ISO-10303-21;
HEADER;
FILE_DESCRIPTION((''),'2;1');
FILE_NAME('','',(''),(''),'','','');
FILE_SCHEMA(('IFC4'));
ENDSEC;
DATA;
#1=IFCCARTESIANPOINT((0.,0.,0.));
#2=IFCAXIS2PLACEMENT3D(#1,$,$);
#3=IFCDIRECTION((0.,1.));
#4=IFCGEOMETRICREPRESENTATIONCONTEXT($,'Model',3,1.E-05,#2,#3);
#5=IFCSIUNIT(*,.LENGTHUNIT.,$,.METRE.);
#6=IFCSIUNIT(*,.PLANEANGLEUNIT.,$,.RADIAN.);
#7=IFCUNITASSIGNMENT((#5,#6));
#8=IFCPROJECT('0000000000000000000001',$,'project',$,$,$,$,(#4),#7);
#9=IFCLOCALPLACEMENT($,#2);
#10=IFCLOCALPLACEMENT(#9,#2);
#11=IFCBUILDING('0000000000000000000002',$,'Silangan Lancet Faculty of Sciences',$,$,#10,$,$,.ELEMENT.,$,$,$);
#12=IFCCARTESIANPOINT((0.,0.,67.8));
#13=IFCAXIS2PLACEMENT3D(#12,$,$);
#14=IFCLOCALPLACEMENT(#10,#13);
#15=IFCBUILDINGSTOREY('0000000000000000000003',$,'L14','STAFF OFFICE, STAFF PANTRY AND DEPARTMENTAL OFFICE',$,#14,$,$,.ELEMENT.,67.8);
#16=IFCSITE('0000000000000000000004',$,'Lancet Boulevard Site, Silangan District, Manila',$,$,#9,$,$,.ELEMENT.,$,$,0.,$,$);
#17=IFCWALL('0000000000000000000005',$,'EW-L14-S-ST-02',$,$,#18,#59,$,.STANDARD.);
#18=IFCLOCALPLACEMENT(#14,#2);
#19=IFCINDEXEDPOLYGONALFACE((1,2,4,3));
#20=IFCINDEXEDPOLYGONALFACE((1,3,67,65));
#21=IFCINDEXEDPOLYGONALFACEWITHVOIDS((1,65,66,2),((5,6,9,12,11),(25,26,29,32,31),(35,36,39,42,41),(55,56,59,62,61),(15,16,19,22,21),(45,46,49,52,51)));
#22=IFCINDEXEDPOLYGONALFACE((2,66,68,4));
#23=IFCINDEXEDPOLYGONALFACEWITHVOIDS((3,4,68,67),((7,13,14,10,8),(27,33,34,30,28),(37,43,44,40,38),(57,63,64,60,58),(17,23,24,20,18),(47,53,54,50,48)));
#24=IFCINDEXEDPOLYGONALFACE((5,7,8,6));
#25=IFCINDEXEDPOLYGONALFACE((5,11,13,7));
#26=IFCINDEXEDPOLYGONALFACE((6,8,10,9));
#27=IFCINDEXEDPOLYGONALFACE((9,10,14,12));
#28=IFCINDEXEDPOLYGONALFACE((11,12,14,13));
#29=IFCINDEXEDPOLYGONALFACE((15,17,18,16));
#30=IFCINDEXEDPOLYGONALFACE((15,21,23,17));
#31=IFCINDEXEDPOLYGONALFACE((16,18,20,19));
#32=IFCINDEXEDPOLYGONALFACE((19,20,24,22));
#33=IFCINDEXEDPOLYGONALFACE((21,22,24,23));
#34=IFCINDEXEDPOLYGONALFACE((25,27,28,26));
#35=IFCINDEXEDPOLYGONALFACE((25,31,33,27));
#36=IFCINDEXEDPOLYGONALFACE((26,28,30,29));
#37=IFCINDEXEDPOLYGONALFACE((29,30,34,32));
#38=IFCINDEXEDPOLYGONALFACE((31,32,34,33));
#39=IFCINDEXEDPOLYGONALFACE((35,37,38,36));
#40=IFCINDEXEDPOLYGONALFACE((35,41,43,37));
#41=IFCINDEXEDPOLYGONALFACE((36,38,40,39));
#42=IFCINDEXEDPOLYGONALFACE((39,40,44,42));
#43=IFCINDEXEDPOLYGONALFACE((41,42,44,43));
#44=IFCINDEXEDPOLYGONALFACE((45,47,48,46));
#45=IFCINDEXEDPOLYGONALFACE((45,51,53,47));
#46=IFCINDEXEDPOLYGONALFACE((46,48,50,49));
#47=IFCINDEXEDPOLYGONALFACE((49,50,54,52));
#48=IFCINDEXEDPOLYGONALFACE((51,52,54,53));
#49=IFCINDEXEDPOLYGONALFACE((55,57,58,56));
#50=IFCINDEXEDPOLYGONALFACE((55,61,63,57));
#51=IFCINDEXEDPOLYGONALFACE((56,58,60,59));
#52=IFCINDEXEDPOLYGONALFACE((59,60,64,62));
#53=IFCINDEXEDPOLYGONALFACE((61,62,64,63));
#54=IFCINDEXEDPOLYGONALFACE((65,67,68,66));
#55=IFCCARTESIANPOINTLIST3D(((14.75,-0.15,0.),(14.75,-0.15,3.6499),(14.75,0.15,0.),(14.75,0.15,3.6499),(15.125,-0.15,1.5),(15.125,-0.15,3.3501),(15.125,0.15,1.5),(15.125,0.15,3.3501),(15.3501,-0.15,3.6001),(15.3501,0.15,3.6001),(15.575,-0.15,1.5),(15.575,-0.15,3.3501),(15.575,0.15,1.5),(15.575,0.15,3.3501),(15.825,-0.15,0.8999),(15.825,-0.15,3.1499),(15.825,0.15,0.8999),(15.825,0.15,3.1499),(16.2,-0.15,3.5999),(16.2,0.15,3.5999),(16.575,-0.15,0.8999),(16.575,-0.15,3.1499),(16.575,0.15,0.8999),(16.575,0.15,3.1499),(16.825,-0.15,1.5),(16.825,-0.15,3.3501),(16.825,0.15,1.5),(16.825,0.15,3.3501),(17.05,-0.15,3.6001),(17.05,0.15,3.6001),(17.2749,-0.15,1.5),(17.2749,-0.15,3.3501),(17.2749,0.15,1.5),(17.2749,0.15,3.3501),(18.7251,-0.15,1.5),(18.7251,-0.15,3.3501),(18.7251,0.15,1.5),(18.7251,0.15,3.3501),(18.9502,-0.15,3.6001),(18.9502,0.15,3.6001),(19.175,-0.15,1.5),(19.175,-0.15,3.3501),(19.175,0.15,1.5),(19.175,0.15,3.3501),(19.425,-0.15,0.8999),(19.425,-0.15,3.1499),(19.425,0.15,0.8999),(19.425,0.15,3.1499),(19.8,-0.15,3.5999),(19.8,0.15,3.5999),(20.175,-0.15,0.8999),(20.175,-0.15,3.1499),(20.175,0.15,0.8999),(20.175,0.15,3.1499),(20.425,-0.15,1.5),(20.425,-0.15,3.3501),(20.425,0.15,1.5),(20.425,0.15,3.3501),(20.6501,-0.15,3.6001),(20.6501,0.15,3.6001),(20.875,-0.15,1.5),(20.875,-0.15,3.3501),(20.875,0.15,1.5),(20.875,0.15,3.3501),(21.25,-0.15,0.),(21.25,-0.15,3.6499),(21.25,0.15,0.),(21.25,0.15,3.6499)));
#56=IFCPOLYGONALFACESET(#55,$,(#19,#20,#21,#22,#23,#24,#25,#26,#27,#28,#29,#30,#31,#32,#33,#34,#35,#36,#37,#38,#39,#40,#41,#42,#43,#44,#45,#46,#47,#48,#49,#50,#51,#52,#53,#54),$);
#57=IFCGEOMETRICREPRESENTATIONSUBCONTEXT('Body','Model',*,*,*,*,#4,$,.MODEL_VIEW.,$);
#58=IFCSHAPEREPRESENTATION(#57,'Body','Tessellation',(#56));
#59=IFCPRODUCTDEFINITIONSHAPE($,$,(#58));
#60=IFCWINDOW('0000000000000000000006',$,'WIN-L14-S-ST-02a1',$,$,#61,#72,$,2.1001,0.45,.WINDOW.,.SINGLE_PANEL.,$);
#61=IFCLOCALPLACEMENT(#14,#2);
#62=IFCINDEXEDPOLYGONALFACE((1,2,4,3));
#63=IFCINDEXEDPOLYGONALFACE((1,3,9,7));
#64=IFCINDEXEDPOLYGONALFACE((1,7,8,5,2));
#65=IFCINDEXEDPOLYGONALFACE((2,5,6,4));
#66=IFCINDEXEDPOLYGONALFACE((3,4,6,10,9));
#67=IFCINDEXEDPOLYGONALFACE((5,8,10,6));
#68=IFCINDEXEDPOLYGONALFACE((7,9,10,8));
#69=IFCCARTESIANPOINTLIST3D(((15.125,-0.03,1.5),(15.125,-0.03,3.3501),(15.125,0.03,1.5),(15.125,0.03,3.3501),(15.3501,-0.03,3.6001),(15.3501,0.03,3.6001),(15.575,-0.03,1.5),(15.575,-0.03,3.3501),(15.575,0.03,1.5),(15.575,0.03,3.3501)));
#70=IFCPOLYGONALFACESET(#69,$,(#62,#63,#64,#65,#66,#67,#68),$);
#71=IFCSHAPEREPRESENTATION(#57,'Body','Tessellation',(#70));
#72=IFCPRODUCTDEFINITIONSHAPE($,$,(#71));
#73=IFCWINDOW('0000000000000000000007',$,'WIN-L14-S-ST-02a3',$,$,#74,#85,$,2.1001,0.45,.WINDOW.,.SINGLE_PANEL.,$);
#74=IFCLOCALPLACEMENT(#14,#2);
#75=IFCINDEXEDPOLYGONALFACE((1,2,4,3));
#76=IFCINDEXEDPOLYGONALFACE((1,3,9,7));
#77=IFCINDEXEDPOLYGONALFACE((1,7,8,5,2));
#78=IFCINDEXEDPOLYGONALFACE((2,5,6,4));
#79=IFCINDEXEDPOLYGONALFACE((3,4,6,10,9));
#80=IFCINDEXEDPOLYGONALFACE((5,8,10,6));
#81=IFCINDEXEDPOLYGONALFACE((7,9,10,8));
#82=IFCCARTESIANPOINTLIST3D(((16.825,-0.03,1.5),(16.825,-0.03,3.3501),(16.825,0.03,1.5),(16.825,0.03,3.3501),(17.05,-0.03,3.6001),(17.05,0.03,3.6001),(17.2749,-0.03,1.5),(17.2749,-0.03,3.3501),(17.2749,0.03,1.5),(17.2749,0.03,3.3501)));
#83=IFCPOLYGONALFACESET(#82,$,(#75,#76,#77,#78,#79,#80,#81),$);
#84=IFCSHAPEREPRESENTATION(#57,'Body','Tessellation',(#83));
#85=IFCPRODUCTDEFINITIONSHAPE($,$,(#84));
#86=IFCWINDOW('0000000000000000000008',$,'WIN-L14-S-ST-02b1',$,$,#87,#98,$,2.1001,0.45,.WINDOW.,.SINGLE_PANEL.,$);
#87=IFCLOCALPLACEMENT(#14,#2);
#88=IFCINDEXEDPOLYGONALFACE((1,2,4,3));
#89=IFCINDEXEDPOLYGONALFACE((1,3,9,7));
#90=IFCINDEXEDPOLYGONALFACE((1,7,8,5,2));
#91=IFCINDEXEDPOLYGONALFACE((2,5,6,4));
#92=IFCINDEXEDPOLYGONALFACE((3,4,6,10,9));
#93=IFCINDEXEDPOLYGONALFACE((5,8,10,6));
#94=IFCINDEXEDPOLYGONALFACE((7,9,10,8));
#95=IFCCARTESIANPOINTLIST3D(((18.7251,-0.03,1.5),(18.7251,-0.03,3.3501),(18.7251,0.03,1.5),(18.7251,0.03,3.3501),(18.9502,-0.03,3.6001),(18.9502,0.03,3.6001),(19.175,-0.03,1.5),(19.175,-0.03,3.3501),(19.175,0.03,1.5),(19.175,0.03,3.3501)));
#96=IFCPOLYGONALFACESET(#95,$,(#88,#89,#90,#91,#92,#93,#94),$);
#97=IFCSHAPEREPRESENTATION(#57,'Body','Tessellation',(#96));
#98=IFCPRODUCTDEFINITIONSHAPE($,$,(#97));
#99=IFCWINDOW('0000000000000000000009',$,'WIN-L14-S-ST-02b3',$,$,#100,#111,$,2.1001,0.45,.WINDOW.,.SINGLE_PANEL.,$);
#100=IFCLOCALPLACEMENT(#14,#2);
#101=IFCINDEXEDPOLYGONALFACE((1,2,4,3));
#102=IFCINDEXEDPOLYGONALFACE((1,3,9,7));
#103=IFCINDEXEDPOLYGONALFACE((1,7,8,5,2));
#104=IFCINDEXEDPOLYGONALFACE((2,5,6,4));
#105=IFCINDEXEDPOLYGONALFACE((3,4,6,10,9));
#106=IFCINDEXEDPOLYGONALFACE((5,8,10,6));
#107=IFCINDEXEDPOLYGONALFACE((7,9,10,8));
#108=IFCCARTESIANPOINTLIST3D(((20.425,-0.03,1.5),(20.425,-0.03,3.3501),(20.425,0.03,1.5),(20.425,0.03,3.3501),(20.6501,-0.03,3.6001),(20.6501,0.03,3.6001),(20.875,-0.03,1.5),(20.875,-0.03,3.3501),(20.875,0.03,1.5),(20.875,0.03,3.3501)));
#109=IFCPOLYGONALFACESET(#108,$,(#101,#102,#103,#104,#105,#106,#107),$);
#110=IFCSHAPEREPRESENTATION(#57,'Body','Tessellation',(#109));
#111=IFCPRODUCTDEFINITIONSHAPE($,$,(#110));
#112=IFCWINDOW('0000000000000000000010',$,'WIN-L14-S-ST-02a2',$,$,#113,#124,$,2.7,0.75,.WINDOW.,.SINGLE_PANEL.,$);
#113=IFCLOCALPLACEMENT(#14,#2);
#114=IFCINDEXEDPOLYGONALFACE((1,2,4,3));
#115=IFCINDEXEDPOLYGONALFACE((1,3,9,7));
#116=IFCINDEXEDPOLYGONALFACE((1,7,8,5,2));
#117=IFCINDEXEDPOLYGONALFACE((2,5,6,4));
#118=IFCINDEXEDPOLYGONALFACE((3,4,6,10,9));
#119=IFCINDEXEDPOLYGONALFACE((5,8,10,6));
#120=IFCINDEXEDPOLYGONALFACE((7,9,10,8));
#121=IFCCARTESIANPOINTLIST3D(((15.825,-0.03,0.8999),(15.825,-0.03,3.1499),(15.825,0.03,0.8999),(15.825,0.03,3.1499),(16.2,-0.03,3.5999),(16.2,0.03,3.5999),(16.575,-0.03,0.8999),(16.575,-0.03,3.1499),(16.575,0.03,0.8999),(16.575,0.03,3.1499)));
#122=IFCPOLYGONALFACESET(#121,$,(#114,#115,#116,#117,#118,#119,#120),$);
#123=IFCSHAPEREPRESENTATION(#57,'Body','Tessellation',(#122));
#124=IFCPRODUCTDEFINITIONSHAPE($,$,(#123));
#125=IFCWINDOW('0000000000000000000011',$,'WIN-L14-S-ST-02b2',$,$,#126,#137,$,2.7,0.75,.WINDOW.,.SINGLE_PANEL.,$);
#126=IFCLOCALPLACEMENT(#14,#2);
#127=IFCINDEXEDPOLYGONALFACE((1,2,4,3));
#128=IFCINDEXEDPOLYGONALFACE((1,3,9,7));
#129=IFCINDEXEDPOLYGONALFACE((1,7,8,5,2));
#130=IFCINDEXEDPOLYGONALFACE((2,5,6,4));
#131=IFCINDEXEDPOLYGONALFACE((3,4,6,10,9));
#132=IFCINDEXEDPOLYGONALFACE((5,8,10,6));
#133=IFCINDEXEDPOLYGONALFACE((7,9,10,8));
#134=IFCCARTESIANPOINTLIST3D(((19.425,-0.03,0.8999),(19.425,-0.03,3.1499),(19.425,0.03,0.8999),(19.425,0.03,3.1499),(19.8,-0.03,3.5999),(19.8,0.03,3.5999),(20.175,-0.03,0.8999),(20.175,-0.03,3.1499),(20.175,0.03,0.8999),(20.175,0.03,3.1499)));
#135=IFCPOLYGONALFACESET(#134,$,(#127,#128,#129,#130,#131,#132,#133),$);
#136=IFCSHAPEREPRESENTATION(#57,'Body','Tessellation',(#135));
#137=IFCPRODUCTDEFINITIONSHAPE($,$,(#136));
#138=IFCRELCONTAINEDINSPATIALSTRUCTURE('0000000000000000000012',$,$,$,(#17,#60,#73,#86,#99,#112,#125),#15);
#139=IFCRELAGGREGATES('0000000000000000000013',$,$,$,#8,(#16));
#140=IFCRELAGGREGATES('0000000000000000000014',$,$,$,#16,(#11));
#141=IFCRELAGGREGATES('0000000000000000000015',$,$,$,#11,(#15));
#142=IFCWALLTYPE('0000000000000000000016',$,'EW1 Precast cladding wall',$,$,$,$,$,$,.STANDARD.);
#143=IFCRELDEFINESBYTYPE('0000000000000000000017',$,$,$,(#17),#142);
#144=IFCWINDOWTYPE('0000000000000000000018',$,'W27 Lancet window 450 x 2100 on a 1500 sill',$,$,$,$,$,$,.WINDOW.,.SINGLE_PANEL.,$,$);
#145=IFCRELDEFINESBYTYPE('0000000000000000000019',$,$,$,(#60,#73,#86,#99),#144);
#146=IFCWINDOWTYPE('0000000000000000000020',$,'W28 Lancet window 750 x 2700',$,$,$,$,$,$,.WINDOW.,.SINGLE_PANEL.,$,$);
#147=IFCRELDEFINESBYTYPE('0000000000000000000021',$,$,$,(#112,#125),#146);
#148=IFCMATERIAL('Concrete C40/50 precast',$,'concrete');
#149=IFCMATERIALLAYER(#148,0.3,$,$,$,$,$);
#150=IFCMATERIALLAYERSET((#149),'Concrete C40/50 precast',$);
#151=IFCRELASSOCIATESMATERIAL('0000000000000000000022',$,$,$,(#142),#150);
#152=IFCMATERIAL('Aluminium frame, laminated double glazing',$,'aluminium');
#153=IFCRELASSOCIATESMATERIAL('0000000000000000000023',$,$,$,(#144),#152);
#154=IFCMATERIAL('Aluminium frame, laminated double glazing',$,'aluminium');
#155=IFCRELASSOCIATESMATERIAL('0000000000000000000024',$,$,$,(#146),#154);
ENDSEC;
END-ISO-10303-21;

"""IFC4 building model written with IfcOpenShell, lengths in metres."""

from ifc_helpers import new_model, si_unit, direction, frame, frame_2d, origin, place, context, subcontext, project, spatial, polyline, rectangle, outline, extrude, material, layer, layer_set, type_object, element, fill, save


model = new_model("IFC4")

# Units and contexts
model_context = context("Model", 3, precision=1e-05, world=origin(), true_north=direction((0.0, 1.0)))
body_context = subcontext(model_context, "Body", "Model", "MODEL_VIEW")
ifc_project = project(units=[si_unit("LENGTHUNIT", "METRE"), si_unit("PLANEANGLEUNIT", "RADIAN")], contexts=[model_context])

# Site, building, storey
site_placement = place(None, origin())
site = spatial("IfcSite", under=ifc_project, at=site_placement, Name="Lancet Boulevard Site, Silangan District, Manila", CompositionType="ELEMENT", RefElevation=0.0)
building_placement = place(site_placement, origin())
building = spatial("IfcBuilding", under=site, at=building_placement, Name="Silangan Lancet Faculty of Sciences", CompositionType="ELEMENT")
storey_placement = place(building_placement, frame((0.0, 0.0, 67.8)))
storey = spatial("IfcBuildingStorey", under=building, at=storey_placement, Name="L14", Description="STAFF OFFICE, STAFF PANTRY AND DEPARTMENTAL OFFICE", CompositionType="ELEMENT", Elevation=67.8)

# Wall, openings, windows
ifc_material_1 = material(Name="Concrete C40/50 precast", Category="concrete")
ifc_layer_1 = layer(ifc_material_1, 0.3)
ifc_layer_set_1 = layer_set([ifc_layer_1], Name="Concrete C40/50 precast")
wall_type_1 = type_object("IfcWallType", Name="EW1 Precast cladding wall", PredefinedType="STANDARD", material=ifc_layer_set_1)
wall_1_placement = place(storey_placement, frame((14.75, 0.0, 0.0), z_axis=(0.0, 0.0, 1.0), x_axis=(1.0, 0.0, 0.0)))
wall_1 = element("IfcWall", 1, at=wall_1_placement, inside=storey, type_object=wall_type_1, Name="EW-L14-S-ST-02", PredefinedType="STANDARD", context=body_context, shape_type="SweptSolid", body=[
    extrude(rectangle(XDim=6.5, YDim=0.3, at=frame_2d((3.25, 0.0))), origin(), (0.0, 0.0, 1.0), 3.6499),
])
opening_1_placement = place(wall_1_placement, frame((0.375, 0.0, 1.5)))
opening_1 = element("IfcOpeningElement", 2, at=opening_1_placement, cuts=wall_1, PredefinedType="OPENING", context=body_context, shape_type="SweptSolid", body=[
    extrude(outline(polyline([(0.0, 0.0), (0.45, 0.0), (0.45, 1.8501), (0.2251, 2.1001), (0.0, 1.8501), (0.0, 0.0)])), frame((0.0, 0.1599, 0.0), z_axis=(0.0, -1.0, 0.0), x_axis=(1.0, 0.0, 0.0)), (0.0, 0.0, 1.0), 0.3201),
])
opening_2_placement = place(wall_1_placement, frame((1.075, 0.0, 0.8999)))
opening_2 = element("IfcOpeningElement", 3, at=opening_2_placement, cuts=wall_1, PredefinedType="OPENING", context=body_context, shape_type="SweptSolid", body=[
    extrude(outline(polyline([(0.0, 0.0), (0.75, 0.0), (0.75, 2.25), (0.375, 2.7), (0.0, 2.25), (0.0, 0.0)])), frame((0.0, 0.1599, 0.0), z_axis=(0.0, -1.0, 0.0), x_axis=(1.0, 0.0, 0.0)), (0.0, 0.0, 1.0), 0.3201),
])
opening_3_placement = place(wall_1_placement, frame((2.075, 0.0, 1.5)))
opening_3 = element("IfcOpeningElement", 4, at=opening_3_placement, cuts=wall_1, PredefinedType="OPENING", context=body_context, shape_type="SweptSolid", body=[
    extrude(outline(polyline([(0.0, 0.0), (0.45, 0.0), (0.45, 1.8501), (0.2251, 2.1001), (0.0, 1.8501), (0.0, 0.0)])), frame((0.0, 0.1599, 0.0), z_axis=(0.0, -1.0, 0.0), x_axis=(1.0, 0.0, 0.0)), (0.0, 0.0, 1.0), 0.3201),
])
opening_4_placement = place(wall_1_placement, frame((3.9751, 0.0, 1.5)))
opening_4 = element("IfcOpeningElement", 5, at=opening_4_placement, cuts=wall_1, PredefinedType="OPENING", context=body_context, shape_type="SweptSolid", body=[
    extrude(outline(polyline([(0.0, 0.0), (0.45, 0.0), (0.45, 1.8501), (0.2251, 2.1001), (0.0, 1.8501), (0.0, 0.0)])), frame((0.0, 0.1599, 0.0), z_axis=(0.0, -1.0, 0.0), x_axis=(1.0, 0.0, 0.0)), (0.0, 0.0, 1.0), 0.3201),
])
opening_5_placement = place(wall_1_placement, frame((4.675, 0.0, 0.8999)))
opening_5 = element("IfcOpeningElement", 6, at=opening_5_placement, cuts=wall_1, PredefinedType="OPENING", context=body_context, shape_type="SweptSolid", body=[
    extrude(outline(polyline([(0.0, 0.0), (0.75, 0.0), (0.75, 2.25), (0.375, 2.7), (0.0, 2.25), (0.0, 0.0)])), frame((0.0, 0.1599, 0.0), z_axis=(0.0, -1.0, 0.0), x_axis=(1.0, 0.0, 0.0)), (0.0, 0.0, 1.0), 0.3201),
])
opening_6_placement = place(wall_1_placement, frame((5.675, 0.0, 1.5)))
opening_6 = element("IfcOpeningElement", 7, at=opening_6_placement, cuts=wall_1, PredefinedType="OPENING", context=body_context, shape_type="SweptSolid", body=[
    extrude(outline(polyline([(0.0, 0.0), (0.45, 0.0), (0.45, 1.8501), (0.2251, 2.1001), (0.0, 1.8501), (0.0, 0.0)])), frame((0.0, 0.1599, 0.0), z_axis=(0.0, -1.0, 0.0), x_axis=(1.0, 0.0, 0.0)), (0.0, 0.0, 1.0), 0.3201),
])
ifc_material_2 = material(Name="Aluminium frame, laminated double glazing", Category="aluminium")
window_type_1 = type_object("IfcWindowType", Name="W27 Lancet window 450 x 2100 on a 1500 sill", PartitioningType="SINGLE_PANEL", PredefinedType="WINDOW", material=ifc_material_2)
window_1_placement = place(opening_1_placement, origin())
window_1 = element("IfcWindow", 8, at=window_1_placement, inside=storey, type_object=window_type_1, Name="WIN-L14-S-ST-02a1", OverallHeight=2.1001, OverallWidth=0.45, PartitioningType="SINGLE_PANEL", PredefinedType="WINDOW", context=body_context, shape_type="SweptSolid", body=[
    extrude(outline(polyline([(0.0, 0.0), (0.45, 0.0), (0.45, 1.8501), (0.2251, 2.1001), (0.0, 1.8501), (0.0, 0.0)])), frame((0.0, 0.03, 0.0), z_axis=(0.0, -1.0, 0.0), x_axis=(1.0, 0.0, 0.0)), (0.0, 0.0, 1.0), 0.0601),
])
fill(opening_1, window_1)
window_2_placement = place(opening_3_placement, origin())
window_2 = element("IfcWindow", 9, at=window_2_placement, inside=storey, type_object=window_type_1, Name="WIN-L14-S-ST-02a3", OverallHeight=2.1001, OverallWidth=0.45, PartitioningType="SINGLE_PANEL", PredefinedType="WINDOW", context=body_context, shape_type="SweptSolid", body=[
    extrude(outline(polyline([(0.0, 0.0), (0.45, 0.0), (0.45, 1.8501), (0.2251, 2.1001), (0.0, 1.8501), (0.0, 0.0)])), frame((0.0, 0.03, 0.0), z_axis=(0.0, -1.0, 0.0), x_axis=(1.0, 0.0, 0.0)), (0.0, 0.0, 1.0), 0.0601),
])
fill(opening_3, window_2)
window_3_placement = place(opening_4_placement, origin())
window_3 = element("IfcWindow", 10, at=window_3_placement, inside=storey, type_object=window_type_1, Name="WIN-L14-S-ST-02b1", OverallHeight=2.1001, OverallWidth=0.45, PartitioningType="SINGLE_PANEL", PredefinedType="WINDOW", context=body_context, shape_type="SweptSolid", body=[
    extrude(outline(polyline([(0.0, 0.0), (0.45, 0.0), (0.45, 1.8501), (0.2251, 2.1001), (0.0, 1.8501), (0.0, 0.0)])), frame((0.0, 0.03, 0.0), z_axis=(0.0, -1.0, 0.0), x_axis=(1.0, 0.0, 0.0)), (0.0, 0.0, 1.0), 0.0601),
])
fill(opening_4, window_3)
window_4_placement = place(opening_6_placement, origin())
window_4 = element("IfcWindow", 11, at=window_4_placement, inside=storey, type_object=window_type_1, Name="WIN-L14-S-ST-02b3", OverallHeight=2.1001, OverallWidth=0.45, PartitioningType="SINGLE_PANEL", PredefinedType="WINDOW", context=body_context, shape_type="SweptSolid", body=[
    extrude(outline(polyline([(0.0, 0.0), (0.45, 0.0), (0.45, 1.8501), (0.2251, 2.1001), (0.0, 1.8501), (0.0, 0.0)])), frame((0.0, 0.03, 0.0), z_axis=(0.0, -1.0, 0.0), x_axis=(1.0, 0.0, 0.0)), (0.0, 0.0, 1.0), 0.0601),
])
fill(opening_6, window_4)
ifc_material_3 = material(Name="Aluminium frame, laminated double glazing", Category="aluminium")
window_type_2 = type_object("IfcWindowType", Name="W28 Lancet window 750 x 2700", PartitioningType="SINGLE_PANEL", PredefinedType="WINDOW", material=ifc_material_3)
window_5_placement = place(opening_2_placement, origin())
window_5 = element("IfcWindow", 12, at=window_5_placement, inside=storey, type_object=window_type_2, Name="WIN-L14-S-ST-02a2", OverallHeight=2.7, OverallWidth=0.75, PartitioningType="SINGLE_PANEL", PredefinedType="WINDOW", context=body_context, shape_type="SweptSolid", body=[
    extrude(outline(polyline([(0.0, 0.0), (0.75, 0.0), (0.75, 2.25), (0.375, 2.7), (0.0, 2.25), (0.0, 0.0)])), frame((0.0, 0.03, 0.0), z_axis=(0.0, -1.0, 0.0), x_axis=(1.0, 0.0, 0.0)), (0.0, 0.0, 1.0), 0.0601),
])
fill(opening_2, window_5)
window_6_placement = place(opening_5_placement, origin())
window_6 = element("IfcWindow", 13, at=window_6_placement, inside=storey, type_object=window_type_2, Name="WIN-L14-S-ST-02b2", OverallHeight=2.7, OverallWidth=0.75, PartitioningType="SINGLE_PANEL", PredefinedType="WINDOW", context=body_context, shape_type="SweptSolid", body=[
    extrude(outline(polyline([(0.0, 0.0), (0.75, 0.0), (0.75, 2.25), (0.375, 2.7), (0.0, 2.25), (0.0, 0.0)])), frame((0.0, 0.03, 0.0), z_axis=(0.0, -1.0, 0.0), x_axis=(1.0, 0.0, 0.0)), (0.0, 0.0, 1.0), 0.0601),
])
fill(opening_5, window_6)

save(model, "model.ifc")
